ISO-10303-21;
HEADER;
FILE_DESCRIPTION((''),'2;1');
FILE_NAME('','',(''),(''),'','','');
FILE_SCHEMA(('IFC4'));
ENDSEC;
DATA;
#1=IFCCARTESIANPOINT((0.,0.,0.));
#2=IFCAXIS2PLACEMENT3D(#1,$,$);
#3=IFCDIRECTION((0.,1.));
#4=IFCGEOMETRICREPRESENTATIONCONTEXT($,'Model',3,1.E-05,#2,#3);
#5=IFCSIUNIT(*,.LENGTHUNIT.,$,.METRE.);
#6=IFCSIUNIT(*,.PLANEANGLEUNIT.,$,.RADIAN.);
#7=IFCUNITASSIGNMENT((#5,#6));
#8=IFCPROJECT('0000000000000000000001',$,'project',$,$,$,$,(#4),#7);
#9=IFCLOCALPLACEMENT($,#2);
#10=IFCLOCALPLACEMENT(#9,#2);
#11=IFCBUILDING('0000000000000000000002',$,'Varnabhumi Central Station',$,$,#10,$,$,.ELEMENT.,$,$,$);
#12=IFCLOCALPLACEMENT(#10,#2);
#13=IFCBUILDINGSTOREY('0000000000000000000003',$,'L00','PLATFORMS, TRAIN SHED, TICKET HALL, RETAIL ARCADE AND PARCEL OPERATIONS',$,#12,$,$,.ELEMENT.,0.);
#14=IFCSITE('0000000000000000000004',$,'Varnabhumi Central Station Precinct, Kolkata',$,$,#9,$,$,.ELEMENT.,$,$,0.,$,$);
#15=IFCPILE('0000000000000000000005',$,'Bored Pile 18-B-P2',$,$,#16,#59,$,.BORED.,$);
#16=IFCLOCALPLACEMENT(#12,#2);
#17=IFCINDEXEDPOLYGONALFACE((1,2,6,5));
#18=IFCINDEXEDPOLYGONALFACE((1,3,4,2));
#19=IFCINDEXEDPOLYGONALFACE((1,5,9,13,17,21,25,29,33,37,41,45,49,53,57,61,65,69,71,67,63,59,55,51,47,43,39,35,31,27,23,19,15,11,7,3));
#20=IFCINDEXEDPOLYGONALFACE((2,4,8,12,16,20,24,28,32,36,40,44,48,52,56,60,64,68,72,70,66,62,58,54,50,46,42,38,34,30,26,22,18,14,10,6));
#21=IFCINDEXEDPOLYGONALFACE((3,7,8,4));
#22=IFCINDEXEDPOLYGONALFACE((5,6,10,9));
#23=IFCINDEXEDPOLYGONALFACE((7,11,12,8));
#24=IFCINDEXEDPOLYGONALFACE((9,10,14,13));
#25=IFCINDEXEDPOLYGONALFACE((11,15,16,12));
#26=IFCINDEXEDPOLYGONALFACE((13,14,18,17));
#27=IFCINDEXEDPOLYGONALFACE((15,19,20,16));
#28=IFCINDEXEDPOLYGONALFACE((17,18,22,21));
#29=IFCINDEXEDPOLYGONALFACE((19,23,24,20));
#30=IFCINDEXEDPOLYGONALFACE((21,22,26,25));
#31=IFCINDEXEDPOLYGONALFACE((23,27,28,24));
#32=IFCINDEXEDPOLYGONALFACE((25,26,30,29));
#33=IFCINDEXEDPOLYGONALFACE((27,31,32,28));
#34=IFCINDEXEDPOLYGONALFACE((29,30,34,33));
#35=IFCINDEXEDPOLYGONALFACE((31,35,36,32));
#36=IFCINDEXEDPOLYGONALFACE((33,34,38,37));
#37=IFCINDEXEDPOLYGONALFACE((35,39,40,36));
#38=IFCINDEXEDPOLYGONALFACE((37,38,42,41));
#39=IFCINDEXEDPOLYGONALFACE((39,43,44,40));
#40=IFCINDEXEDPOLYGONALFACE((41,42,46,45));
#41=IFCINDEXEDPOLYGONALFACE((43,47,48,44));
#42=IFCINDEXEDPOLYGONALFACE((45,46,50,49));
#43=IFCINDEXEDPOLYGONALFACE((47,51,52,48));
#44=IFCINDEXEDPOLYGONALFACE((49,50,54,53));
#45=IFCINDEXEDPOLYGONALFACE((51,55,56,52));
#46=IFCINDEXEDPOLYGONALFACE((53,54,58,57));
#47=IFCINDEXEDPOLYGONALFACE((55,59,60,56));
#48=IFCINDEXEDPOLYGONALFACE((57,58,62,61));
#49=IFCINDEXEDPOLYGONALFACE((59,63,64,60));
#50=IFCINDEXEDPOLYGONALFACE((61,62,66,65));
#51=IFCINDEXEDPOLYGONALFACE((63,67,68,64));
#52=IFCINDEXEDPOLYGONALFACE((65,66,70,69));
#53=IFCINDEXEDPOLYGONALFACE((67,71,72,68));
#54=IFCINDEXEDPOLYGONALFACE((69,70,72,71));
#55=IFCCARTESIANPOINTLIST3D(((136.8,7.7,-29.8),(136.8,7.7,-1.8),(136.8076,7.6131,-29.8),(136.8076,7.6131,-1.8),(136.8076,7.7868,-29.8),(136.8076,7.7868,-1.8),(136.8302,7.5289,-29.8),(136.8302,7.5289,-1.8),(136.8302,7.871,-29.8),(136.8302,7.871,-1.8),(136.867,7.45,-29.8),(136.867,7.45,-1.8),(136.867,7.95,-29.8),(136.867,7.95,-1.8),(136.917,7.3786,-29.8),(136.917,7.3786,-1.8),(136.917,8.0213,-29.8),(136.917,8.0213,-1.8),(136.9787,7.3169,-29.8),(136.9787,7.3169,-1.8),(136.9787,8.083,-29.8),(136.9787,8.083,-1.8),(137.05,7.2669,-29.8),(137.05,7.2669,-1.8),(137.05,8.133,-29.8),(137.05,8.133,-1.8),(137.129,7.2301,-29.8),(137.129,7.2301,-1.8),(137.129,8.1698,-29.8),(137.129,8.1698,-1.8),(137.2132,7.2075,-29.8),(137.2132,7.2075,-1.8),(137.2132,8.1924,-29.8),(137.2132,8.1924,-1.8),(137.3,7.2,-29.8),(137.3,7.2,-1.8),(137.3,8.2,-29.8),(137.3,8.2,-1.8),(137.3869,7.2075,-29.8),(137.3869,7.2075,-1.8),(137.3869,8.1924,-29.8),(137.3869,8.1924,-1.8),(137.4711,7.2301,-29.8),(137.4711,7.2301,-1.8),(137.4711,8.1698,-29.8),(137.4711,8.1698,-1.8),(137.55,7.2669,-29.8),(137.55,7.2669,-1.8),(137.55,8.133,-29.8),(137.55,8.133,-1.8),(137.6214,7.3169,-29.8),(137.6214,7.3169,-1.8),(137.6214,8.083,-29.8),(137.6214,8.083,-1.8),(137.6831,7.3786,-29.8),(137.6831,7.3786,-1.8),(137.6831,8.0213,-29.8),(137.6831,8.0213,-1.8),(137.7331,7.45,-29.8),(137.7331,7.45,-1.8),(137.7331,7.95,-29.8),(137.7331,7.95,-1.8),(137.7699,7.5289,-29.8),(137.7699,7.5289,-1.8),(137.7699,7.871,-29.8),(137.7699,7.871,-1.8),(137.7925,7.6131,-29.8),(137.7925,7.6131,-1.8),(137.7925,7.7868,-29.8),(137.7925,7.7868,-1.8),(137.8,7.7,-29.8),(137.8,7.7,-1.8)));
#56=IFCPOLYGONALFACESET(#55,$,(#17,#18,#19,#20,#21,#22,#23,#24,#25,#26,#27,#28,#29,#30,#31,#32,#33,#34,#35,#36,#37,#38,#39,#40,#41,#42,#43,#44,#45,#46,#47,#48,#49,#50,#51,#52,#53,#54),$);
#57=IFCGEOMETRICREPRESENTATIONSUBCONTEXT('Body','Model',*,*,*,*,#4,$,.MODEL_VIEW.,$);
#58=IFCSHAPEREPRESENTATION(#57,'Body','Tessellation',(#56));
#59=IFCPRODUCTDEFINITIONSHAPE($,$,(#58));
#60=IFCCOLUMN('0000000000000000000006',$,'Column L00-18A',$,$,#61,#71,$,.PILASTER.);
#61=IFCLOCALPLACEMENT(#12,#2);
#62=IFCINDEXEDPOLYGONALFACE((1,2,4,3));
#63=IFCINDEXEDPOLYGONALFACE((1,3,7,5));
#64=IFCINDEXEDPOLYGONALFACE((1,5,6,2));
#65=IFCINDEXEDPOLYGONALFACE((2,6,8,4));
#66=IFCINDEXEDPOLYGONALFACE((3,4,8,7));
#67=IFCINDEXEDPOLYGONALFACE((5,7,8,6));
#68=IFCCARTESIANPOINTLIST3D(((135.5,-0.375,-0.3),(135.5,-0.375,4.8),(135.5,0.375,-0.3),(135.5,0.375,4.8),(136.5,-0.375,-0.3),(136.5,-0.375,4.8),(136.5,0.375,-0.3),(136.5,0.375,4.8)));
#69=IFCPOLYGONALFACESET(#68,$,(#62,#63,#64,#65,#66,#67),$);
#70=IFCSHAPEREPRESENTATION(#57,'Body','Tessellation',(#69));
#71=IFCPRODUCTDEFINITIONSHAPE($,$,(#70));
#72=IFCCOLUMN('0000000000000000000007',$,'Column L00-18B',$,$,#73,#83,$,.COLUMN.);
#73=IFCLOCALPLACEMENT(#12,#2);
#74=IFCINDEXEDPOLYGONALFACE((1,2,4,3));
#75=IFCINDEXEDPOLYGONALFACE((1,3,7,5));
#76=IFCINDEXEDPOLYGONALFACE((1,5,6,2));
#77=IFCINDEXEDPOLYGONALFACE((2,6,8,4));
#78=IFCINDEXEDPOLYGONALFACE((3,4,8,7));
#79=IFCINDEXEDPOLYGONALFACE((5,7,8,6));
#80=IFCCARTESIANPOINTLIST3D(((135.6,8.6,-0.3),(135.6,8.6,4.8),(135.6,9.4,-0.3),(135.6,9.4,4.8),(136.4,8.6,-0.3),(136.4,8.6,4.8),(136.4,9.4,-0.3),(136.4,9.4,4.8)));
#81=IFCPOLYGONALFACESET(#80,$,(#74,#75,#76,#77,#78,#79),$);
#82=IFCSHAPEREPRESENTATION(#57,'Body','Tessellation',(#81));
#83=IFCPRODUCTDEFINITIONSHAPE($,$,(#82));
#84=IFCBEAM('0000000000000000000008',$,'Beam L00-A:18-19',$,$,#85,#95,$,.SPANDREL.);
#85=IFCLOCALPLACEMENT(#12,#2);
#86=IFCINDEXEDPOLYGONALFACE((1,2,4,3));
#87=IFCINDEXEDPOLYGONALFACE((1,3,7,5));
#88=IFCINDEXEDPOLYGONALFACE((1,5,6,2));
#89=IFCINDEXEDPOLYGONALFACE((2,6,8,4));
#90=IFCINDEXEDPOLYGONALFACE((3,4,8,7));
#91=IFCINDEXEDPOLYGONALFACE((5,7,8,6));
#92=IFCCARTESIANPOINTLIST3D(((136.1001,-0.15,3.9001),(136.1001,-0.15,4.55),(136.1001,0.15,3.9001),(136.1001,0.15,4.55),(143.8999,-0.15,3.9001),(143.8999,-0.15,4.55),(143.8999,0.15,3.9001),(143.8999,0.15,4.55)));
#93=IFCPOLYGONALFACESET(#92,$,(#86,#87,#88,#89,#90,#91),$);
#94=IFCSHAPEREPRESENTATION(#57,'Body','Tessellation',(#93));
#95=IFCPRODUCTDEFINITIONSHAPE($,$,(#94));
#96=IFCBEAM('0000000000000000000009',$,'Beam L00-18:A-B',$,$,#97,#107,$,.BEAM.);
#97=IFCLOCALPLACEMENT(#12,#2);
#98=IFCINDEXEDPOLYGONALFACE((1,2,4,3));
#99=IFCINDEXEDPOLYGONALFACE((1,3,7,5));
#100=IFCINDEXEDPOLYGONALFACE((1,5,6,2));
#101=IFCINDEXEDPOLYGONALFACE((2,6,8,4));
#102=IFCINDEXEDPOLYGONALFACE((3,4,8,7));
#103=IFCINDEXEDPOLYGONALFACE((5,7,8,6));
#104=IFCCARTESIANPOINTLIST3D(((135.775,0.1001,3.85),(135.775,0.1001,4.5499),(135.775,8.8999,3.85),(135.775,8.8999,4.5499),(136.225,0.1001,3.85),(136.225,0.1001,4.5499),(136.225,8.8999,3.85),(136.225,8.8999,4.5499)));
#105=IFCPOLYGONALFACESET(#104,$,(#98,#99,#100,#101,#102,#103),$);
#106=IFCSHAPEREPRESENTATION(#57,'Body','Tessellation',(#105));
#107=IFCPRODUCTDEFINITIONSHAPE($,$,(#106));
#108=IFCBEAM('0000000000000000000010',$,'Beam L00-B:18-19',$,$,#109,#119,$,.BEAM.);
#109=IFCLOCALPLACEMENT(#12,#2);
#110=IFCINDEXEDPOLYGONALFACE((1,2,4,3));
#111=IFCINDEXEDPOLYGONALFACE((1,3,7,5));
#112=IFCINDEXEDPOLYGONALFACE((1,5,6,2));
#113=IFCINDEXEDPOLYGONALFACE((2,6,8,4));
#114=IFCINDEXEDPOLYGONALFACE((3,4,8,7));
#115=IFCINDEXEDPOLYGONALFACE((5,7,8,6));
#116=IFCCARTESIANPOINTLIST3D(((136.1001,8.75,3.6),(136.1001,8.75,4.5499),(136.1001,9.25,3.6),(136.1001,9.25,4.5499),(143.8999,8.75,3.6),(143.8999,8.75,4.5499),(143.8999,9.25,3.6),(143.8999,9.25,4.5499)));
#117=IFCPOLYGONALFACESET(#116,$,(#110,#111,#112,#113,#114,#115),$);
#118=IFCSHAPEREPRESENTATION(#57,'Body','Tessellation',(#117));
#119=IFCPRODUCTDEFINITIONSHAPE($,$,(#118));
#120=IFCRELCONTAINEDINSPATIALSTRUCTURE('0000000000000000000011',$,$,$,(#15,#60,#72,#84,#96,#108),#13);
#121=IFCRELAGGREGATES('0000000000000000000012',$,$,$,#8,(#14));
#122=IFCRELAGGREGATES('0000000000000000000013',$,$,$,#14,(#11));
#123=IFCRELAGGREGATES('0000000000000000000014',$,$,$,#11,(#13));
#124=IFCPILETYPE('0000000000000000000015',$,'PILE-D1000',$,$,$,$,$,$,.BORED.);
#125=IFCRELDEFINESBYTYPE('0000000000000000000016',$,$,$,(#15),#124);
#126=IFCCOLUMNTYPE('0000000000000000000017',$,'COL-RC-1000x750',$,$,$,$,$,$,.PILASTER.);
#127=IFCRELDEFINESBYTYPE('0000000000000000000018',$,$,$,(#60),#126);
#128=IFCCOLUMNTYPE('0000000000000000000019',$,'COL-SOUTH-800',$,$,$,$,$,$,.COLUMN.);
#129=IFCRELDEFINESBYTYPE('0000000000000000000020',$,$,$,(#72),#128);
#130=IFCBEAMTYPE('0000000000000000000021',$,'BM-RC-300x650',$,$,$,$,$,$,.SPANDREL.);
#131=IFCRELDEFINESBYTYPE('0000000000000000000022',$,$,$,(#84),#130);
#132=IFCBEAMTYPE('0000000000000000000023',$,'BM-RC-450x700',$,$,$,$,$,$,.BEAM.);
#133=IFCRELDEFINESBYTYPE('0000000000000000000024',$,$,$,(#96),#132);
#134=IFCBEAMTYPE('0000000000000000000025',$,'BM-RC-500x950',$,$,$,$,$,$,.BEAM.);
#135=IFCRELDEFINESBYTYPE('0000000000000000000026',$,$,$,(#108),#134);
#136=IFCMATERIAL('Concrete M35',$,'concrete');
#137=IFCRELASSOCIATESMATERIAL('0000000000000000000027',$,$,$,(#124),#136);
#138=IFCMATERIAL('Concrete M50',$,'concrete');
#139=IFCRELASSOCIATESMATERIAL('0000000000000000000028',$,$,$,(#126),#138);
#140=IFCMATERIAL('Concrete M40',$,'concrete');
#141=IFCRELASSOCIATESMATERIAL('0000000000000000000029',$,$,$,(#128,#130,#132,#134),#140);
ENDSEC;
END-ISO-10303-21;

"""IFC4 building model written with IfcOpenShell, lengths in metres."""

from ifc_helpers import new_model, si_unit, direction, frame, origin, origin_2d, place, context, subcontext, project, spatial, rectangle, circle, extrude, material, material_profile, profile_set, type_object, element, save


model = new_model("IFC4")

# Units and contexts
model_context = context("Model", 3, precision=1e-05, world=origin(), true_north=direction((0.0, 1.0)))
body_context = subcontext(model_context, "Body", "Model", "MODEL_VIEW")
ifc_project = project(units=[si_unit("LENGTHUNIT", "METRE"), si_unit("PLANEANGLEUNIT", "RADIAN")], contexts=[model_context])

# Site, building, storey
site_placement = place(None, origin())
site = spatial("IfcSite", under=ifc_project, at=site_placement, Name="Varnabhumi Central Station Precinct, Kolkata", CompositionType="ELEMENT", RefElevation=0.0)
building_placement = place(site_placement, origin())
building = spatial("IfcBuilding", under=site, at=building_placement, Name="Varnabhumi Central Station", CompositionType="ELEMENT")
storey_placement = place(building_placement, origin())
storey = spatial("IfcBuildingStorey", under=building, at=storey_placement, Name="L00", Description="PLATFORMS, TRAIN SHED, TICKET HALL, RETAIL ARCADE AND PARCEL OPERATIONS", CompositionType="ELEMENT", Elevation=0.0)

# Shared definitions
ifc_material_1 = material(Name="Concrete M40", Category="concrete")

# Pile
ifc_material_2 = material(Name="Concrete M35", Category="concrete")
ifc_material_profile_1 = material_profile(ifc_material_2, circle(Radius=0.5, at=origin_2d()), Name="Concrete M35", Category="concrete")
ifc_profile_set_1 = profile_set([ifc_material_profile_1], Name="Concrete M35")
pile_type = type_object("IfcPileType", Name="PILE-D1000", PredefinedType="BORED", material=ifc_profile_set_1)
for number, where, z_axis, x_axis, name in (
    (1, (137.3, 7.7, -1.8), (0.0, 0.0, -1.0), (1.0, 0.0, 0.0), "Bored Pile 18-B-P2"),
):
    element("IfcPile", number, at=place(storey_placement, frame(where, z_axis=z_axis, x_axis=x_axis)), inside=storey, type_object=pile_type, Name=name, PredefinedType="BORED", context=body_context, shape_type="SweptSolid", body=[
        extrude(circle(Radius=0.5, at=origin_2d()), origin(), (0.0, 0.0, 1.0), 28.0),
    ])

# Columns
ifc_material_3 = material(Name="Concrete M50", Category="concrete")
ifc_material_profile_2 = material_profile(ifc_material_3, rectangle(XDim=1.0, YDim=0.75, at=origin_2d()), Name="Concrete M50", Category="concrete")
ifc_profile_set_2 = profile_set([ifc_material_profile_2], Name="Concrete M50")
column_type_1 = type_object("IfcColumnType", Name="COL-RC-1000x750", PredefinedType="PILASTER", material=ifc_profile_set_2)
column_1_placement = place(storey_placement, frame((136.0, 0.0, -0.3), z_axis=(0.0, 0.0, 1.0), x_axis=(1.0, 0.0, 0.0)))
element("IfcColumn", 2, at=column_1_placement, inside=storey, type_object=column_type_1, Name="Column L00-18A", PredefinedType="PILASTER", context=body_context, shape_type="SweptSolid", body=[
    extrude(rectangle(XDim=1.0, YDim=0.75, at=origin_2d()), origin(), (0.0, 0.0, 1.0), 5.1001),
])
ifc_material_profile_3 = material_profile(ifc_material_1, rectangle(XDim=0.8, YDim=0.8, at=origin_2d()), Name="Concrete M40", Category="concrete")
ifc_profile_set_3 = profile_set([ifc_material_profile_3], Name="Concrete M40")
column_type_2 = type_object("IfcColumnType", Name="COL-SOUTH-800", PredefinedType="COLUMN", material=ifc_profile_set_3)
column_2_placement = place(storey_placement, frame((136.0, 9.0, -0.3), z_axis=(0.0, 0.0, 1.0), x_axis=(1.0, 0.0, 0.0)))
element("IfcColumn", 3, at=column_2_placement, inside=storey, type_object=column_type_2, Name="Column L00-18B", PredefinedType="COLUMN", context=body_context, shape_type="SweptSolid", body=[
    extrude(rectangle(XDim=0.8, YDim=0.8, at=origin_2d()), origin(), (0.0, 0.0, 1.0), 5.1001),
])

# Beams
ifc_material_profile_4 = material_profile(ifc_material_1, rectangle(XDim=0.3, YDim=0.6499, at=origin_2d()), Name="Concrete M40", Category="concrete")
ifc_profile_set_4 = profile_set([ifc_material_profile_4], Name="Concrete M40")
beam_type_1 = type_object("IfcBeamType", Name="BM-RC-300x650", PredefinedType="SPANDREL", material=ifc_profile_set_4)
beam_1_placement = place(storey_placement, frame((136.1001, 0.0, 4.2251), z_axis=(1.0, 0.0, 0.0), x_axis=(0.0, 1.0, 0.0)))
element("IfcBeam", 4, at=beam_1_placement, inside=storey, type_object=beam_type_1, Name="Beam L00-A:18-19", PredefinedType="SPANDREL", context=body_context, shape_type="SweptSolid", body=[
    extrude(rectangle(XDim=0.3, YDim=0.6499, at=origin_2d()), origin(), (0.0, 0.0, 1.0), 7.7998),
])
ifc_material_profile_5 = material_profile(ifc_material_1, rectangle(XDim=0.45, YDim=0.7, at=origin_2d()), Name="Concrete M40", Category="concrete")
ifc_profile_set_5 = profile_set([ifc_material_profile_5], Name="Concrete M40")
beam_type_2 = type_object("IfcBeamType", Name="BM-RC-450x700", PredefinedType="BEAM", material=ifc_profile_set_5)
beam_2_placement = place(storey_placement, frame((136.0, 0.1001, 4.2), z_axis=(0.0, 1.0, 0.0), x_axis=(-1.0, 0.0, 0.0)))
element("IfcBeam", 5, at=beam_2_placement, inside=storey, type_object=beam_type_2, Name="Beam L00-18:A-B", PredefinedType="BEAM", context=body_context, shape_type="SweptSolid", body=[
    extrude(rectangle(XDim=0.45, YDim=0.7, at=origin_2d()), origin(), (0.0, 0.0, 1.0), 8.7998),
])
ifc_material_profile_6 = material_profile(ifc_material_1, rectangle(XDim=0.5, YDim=0.95, at=origin_2d()), Name="Concrete M40", Category="concrete")
ifc_profile_set_6 = profile_set([ifc_material_profile_6], Name="Concrete M40")
beam_type_3 = type_object("IfcBeamType", Name="BM-RC-500x950", PredefinedType="BEAM", material=ifc_profile_set_6)
beam_3_placement = place(storey_placement, frame((136.1001, 9.0, 4.075), z_axis=(1.0, 0.0, 0.0), x_axis=(0.0, 1.0, 0.0)))
element("IfcBeam", 6, at=beam_3_placement, inside=storey, type_object=beam_type_3, Name="Beam L00-B:18-19", PredefinedType="BEAM", context=body_context, shape_type="SweptSolid", body=[
    extrude(rectangle(XDim=0.5, YDim=0.95, at=origin_2d()), origin(), (0.0, 0.0, 1.0), 7.7998),
])

save(model, "model.ifc")
